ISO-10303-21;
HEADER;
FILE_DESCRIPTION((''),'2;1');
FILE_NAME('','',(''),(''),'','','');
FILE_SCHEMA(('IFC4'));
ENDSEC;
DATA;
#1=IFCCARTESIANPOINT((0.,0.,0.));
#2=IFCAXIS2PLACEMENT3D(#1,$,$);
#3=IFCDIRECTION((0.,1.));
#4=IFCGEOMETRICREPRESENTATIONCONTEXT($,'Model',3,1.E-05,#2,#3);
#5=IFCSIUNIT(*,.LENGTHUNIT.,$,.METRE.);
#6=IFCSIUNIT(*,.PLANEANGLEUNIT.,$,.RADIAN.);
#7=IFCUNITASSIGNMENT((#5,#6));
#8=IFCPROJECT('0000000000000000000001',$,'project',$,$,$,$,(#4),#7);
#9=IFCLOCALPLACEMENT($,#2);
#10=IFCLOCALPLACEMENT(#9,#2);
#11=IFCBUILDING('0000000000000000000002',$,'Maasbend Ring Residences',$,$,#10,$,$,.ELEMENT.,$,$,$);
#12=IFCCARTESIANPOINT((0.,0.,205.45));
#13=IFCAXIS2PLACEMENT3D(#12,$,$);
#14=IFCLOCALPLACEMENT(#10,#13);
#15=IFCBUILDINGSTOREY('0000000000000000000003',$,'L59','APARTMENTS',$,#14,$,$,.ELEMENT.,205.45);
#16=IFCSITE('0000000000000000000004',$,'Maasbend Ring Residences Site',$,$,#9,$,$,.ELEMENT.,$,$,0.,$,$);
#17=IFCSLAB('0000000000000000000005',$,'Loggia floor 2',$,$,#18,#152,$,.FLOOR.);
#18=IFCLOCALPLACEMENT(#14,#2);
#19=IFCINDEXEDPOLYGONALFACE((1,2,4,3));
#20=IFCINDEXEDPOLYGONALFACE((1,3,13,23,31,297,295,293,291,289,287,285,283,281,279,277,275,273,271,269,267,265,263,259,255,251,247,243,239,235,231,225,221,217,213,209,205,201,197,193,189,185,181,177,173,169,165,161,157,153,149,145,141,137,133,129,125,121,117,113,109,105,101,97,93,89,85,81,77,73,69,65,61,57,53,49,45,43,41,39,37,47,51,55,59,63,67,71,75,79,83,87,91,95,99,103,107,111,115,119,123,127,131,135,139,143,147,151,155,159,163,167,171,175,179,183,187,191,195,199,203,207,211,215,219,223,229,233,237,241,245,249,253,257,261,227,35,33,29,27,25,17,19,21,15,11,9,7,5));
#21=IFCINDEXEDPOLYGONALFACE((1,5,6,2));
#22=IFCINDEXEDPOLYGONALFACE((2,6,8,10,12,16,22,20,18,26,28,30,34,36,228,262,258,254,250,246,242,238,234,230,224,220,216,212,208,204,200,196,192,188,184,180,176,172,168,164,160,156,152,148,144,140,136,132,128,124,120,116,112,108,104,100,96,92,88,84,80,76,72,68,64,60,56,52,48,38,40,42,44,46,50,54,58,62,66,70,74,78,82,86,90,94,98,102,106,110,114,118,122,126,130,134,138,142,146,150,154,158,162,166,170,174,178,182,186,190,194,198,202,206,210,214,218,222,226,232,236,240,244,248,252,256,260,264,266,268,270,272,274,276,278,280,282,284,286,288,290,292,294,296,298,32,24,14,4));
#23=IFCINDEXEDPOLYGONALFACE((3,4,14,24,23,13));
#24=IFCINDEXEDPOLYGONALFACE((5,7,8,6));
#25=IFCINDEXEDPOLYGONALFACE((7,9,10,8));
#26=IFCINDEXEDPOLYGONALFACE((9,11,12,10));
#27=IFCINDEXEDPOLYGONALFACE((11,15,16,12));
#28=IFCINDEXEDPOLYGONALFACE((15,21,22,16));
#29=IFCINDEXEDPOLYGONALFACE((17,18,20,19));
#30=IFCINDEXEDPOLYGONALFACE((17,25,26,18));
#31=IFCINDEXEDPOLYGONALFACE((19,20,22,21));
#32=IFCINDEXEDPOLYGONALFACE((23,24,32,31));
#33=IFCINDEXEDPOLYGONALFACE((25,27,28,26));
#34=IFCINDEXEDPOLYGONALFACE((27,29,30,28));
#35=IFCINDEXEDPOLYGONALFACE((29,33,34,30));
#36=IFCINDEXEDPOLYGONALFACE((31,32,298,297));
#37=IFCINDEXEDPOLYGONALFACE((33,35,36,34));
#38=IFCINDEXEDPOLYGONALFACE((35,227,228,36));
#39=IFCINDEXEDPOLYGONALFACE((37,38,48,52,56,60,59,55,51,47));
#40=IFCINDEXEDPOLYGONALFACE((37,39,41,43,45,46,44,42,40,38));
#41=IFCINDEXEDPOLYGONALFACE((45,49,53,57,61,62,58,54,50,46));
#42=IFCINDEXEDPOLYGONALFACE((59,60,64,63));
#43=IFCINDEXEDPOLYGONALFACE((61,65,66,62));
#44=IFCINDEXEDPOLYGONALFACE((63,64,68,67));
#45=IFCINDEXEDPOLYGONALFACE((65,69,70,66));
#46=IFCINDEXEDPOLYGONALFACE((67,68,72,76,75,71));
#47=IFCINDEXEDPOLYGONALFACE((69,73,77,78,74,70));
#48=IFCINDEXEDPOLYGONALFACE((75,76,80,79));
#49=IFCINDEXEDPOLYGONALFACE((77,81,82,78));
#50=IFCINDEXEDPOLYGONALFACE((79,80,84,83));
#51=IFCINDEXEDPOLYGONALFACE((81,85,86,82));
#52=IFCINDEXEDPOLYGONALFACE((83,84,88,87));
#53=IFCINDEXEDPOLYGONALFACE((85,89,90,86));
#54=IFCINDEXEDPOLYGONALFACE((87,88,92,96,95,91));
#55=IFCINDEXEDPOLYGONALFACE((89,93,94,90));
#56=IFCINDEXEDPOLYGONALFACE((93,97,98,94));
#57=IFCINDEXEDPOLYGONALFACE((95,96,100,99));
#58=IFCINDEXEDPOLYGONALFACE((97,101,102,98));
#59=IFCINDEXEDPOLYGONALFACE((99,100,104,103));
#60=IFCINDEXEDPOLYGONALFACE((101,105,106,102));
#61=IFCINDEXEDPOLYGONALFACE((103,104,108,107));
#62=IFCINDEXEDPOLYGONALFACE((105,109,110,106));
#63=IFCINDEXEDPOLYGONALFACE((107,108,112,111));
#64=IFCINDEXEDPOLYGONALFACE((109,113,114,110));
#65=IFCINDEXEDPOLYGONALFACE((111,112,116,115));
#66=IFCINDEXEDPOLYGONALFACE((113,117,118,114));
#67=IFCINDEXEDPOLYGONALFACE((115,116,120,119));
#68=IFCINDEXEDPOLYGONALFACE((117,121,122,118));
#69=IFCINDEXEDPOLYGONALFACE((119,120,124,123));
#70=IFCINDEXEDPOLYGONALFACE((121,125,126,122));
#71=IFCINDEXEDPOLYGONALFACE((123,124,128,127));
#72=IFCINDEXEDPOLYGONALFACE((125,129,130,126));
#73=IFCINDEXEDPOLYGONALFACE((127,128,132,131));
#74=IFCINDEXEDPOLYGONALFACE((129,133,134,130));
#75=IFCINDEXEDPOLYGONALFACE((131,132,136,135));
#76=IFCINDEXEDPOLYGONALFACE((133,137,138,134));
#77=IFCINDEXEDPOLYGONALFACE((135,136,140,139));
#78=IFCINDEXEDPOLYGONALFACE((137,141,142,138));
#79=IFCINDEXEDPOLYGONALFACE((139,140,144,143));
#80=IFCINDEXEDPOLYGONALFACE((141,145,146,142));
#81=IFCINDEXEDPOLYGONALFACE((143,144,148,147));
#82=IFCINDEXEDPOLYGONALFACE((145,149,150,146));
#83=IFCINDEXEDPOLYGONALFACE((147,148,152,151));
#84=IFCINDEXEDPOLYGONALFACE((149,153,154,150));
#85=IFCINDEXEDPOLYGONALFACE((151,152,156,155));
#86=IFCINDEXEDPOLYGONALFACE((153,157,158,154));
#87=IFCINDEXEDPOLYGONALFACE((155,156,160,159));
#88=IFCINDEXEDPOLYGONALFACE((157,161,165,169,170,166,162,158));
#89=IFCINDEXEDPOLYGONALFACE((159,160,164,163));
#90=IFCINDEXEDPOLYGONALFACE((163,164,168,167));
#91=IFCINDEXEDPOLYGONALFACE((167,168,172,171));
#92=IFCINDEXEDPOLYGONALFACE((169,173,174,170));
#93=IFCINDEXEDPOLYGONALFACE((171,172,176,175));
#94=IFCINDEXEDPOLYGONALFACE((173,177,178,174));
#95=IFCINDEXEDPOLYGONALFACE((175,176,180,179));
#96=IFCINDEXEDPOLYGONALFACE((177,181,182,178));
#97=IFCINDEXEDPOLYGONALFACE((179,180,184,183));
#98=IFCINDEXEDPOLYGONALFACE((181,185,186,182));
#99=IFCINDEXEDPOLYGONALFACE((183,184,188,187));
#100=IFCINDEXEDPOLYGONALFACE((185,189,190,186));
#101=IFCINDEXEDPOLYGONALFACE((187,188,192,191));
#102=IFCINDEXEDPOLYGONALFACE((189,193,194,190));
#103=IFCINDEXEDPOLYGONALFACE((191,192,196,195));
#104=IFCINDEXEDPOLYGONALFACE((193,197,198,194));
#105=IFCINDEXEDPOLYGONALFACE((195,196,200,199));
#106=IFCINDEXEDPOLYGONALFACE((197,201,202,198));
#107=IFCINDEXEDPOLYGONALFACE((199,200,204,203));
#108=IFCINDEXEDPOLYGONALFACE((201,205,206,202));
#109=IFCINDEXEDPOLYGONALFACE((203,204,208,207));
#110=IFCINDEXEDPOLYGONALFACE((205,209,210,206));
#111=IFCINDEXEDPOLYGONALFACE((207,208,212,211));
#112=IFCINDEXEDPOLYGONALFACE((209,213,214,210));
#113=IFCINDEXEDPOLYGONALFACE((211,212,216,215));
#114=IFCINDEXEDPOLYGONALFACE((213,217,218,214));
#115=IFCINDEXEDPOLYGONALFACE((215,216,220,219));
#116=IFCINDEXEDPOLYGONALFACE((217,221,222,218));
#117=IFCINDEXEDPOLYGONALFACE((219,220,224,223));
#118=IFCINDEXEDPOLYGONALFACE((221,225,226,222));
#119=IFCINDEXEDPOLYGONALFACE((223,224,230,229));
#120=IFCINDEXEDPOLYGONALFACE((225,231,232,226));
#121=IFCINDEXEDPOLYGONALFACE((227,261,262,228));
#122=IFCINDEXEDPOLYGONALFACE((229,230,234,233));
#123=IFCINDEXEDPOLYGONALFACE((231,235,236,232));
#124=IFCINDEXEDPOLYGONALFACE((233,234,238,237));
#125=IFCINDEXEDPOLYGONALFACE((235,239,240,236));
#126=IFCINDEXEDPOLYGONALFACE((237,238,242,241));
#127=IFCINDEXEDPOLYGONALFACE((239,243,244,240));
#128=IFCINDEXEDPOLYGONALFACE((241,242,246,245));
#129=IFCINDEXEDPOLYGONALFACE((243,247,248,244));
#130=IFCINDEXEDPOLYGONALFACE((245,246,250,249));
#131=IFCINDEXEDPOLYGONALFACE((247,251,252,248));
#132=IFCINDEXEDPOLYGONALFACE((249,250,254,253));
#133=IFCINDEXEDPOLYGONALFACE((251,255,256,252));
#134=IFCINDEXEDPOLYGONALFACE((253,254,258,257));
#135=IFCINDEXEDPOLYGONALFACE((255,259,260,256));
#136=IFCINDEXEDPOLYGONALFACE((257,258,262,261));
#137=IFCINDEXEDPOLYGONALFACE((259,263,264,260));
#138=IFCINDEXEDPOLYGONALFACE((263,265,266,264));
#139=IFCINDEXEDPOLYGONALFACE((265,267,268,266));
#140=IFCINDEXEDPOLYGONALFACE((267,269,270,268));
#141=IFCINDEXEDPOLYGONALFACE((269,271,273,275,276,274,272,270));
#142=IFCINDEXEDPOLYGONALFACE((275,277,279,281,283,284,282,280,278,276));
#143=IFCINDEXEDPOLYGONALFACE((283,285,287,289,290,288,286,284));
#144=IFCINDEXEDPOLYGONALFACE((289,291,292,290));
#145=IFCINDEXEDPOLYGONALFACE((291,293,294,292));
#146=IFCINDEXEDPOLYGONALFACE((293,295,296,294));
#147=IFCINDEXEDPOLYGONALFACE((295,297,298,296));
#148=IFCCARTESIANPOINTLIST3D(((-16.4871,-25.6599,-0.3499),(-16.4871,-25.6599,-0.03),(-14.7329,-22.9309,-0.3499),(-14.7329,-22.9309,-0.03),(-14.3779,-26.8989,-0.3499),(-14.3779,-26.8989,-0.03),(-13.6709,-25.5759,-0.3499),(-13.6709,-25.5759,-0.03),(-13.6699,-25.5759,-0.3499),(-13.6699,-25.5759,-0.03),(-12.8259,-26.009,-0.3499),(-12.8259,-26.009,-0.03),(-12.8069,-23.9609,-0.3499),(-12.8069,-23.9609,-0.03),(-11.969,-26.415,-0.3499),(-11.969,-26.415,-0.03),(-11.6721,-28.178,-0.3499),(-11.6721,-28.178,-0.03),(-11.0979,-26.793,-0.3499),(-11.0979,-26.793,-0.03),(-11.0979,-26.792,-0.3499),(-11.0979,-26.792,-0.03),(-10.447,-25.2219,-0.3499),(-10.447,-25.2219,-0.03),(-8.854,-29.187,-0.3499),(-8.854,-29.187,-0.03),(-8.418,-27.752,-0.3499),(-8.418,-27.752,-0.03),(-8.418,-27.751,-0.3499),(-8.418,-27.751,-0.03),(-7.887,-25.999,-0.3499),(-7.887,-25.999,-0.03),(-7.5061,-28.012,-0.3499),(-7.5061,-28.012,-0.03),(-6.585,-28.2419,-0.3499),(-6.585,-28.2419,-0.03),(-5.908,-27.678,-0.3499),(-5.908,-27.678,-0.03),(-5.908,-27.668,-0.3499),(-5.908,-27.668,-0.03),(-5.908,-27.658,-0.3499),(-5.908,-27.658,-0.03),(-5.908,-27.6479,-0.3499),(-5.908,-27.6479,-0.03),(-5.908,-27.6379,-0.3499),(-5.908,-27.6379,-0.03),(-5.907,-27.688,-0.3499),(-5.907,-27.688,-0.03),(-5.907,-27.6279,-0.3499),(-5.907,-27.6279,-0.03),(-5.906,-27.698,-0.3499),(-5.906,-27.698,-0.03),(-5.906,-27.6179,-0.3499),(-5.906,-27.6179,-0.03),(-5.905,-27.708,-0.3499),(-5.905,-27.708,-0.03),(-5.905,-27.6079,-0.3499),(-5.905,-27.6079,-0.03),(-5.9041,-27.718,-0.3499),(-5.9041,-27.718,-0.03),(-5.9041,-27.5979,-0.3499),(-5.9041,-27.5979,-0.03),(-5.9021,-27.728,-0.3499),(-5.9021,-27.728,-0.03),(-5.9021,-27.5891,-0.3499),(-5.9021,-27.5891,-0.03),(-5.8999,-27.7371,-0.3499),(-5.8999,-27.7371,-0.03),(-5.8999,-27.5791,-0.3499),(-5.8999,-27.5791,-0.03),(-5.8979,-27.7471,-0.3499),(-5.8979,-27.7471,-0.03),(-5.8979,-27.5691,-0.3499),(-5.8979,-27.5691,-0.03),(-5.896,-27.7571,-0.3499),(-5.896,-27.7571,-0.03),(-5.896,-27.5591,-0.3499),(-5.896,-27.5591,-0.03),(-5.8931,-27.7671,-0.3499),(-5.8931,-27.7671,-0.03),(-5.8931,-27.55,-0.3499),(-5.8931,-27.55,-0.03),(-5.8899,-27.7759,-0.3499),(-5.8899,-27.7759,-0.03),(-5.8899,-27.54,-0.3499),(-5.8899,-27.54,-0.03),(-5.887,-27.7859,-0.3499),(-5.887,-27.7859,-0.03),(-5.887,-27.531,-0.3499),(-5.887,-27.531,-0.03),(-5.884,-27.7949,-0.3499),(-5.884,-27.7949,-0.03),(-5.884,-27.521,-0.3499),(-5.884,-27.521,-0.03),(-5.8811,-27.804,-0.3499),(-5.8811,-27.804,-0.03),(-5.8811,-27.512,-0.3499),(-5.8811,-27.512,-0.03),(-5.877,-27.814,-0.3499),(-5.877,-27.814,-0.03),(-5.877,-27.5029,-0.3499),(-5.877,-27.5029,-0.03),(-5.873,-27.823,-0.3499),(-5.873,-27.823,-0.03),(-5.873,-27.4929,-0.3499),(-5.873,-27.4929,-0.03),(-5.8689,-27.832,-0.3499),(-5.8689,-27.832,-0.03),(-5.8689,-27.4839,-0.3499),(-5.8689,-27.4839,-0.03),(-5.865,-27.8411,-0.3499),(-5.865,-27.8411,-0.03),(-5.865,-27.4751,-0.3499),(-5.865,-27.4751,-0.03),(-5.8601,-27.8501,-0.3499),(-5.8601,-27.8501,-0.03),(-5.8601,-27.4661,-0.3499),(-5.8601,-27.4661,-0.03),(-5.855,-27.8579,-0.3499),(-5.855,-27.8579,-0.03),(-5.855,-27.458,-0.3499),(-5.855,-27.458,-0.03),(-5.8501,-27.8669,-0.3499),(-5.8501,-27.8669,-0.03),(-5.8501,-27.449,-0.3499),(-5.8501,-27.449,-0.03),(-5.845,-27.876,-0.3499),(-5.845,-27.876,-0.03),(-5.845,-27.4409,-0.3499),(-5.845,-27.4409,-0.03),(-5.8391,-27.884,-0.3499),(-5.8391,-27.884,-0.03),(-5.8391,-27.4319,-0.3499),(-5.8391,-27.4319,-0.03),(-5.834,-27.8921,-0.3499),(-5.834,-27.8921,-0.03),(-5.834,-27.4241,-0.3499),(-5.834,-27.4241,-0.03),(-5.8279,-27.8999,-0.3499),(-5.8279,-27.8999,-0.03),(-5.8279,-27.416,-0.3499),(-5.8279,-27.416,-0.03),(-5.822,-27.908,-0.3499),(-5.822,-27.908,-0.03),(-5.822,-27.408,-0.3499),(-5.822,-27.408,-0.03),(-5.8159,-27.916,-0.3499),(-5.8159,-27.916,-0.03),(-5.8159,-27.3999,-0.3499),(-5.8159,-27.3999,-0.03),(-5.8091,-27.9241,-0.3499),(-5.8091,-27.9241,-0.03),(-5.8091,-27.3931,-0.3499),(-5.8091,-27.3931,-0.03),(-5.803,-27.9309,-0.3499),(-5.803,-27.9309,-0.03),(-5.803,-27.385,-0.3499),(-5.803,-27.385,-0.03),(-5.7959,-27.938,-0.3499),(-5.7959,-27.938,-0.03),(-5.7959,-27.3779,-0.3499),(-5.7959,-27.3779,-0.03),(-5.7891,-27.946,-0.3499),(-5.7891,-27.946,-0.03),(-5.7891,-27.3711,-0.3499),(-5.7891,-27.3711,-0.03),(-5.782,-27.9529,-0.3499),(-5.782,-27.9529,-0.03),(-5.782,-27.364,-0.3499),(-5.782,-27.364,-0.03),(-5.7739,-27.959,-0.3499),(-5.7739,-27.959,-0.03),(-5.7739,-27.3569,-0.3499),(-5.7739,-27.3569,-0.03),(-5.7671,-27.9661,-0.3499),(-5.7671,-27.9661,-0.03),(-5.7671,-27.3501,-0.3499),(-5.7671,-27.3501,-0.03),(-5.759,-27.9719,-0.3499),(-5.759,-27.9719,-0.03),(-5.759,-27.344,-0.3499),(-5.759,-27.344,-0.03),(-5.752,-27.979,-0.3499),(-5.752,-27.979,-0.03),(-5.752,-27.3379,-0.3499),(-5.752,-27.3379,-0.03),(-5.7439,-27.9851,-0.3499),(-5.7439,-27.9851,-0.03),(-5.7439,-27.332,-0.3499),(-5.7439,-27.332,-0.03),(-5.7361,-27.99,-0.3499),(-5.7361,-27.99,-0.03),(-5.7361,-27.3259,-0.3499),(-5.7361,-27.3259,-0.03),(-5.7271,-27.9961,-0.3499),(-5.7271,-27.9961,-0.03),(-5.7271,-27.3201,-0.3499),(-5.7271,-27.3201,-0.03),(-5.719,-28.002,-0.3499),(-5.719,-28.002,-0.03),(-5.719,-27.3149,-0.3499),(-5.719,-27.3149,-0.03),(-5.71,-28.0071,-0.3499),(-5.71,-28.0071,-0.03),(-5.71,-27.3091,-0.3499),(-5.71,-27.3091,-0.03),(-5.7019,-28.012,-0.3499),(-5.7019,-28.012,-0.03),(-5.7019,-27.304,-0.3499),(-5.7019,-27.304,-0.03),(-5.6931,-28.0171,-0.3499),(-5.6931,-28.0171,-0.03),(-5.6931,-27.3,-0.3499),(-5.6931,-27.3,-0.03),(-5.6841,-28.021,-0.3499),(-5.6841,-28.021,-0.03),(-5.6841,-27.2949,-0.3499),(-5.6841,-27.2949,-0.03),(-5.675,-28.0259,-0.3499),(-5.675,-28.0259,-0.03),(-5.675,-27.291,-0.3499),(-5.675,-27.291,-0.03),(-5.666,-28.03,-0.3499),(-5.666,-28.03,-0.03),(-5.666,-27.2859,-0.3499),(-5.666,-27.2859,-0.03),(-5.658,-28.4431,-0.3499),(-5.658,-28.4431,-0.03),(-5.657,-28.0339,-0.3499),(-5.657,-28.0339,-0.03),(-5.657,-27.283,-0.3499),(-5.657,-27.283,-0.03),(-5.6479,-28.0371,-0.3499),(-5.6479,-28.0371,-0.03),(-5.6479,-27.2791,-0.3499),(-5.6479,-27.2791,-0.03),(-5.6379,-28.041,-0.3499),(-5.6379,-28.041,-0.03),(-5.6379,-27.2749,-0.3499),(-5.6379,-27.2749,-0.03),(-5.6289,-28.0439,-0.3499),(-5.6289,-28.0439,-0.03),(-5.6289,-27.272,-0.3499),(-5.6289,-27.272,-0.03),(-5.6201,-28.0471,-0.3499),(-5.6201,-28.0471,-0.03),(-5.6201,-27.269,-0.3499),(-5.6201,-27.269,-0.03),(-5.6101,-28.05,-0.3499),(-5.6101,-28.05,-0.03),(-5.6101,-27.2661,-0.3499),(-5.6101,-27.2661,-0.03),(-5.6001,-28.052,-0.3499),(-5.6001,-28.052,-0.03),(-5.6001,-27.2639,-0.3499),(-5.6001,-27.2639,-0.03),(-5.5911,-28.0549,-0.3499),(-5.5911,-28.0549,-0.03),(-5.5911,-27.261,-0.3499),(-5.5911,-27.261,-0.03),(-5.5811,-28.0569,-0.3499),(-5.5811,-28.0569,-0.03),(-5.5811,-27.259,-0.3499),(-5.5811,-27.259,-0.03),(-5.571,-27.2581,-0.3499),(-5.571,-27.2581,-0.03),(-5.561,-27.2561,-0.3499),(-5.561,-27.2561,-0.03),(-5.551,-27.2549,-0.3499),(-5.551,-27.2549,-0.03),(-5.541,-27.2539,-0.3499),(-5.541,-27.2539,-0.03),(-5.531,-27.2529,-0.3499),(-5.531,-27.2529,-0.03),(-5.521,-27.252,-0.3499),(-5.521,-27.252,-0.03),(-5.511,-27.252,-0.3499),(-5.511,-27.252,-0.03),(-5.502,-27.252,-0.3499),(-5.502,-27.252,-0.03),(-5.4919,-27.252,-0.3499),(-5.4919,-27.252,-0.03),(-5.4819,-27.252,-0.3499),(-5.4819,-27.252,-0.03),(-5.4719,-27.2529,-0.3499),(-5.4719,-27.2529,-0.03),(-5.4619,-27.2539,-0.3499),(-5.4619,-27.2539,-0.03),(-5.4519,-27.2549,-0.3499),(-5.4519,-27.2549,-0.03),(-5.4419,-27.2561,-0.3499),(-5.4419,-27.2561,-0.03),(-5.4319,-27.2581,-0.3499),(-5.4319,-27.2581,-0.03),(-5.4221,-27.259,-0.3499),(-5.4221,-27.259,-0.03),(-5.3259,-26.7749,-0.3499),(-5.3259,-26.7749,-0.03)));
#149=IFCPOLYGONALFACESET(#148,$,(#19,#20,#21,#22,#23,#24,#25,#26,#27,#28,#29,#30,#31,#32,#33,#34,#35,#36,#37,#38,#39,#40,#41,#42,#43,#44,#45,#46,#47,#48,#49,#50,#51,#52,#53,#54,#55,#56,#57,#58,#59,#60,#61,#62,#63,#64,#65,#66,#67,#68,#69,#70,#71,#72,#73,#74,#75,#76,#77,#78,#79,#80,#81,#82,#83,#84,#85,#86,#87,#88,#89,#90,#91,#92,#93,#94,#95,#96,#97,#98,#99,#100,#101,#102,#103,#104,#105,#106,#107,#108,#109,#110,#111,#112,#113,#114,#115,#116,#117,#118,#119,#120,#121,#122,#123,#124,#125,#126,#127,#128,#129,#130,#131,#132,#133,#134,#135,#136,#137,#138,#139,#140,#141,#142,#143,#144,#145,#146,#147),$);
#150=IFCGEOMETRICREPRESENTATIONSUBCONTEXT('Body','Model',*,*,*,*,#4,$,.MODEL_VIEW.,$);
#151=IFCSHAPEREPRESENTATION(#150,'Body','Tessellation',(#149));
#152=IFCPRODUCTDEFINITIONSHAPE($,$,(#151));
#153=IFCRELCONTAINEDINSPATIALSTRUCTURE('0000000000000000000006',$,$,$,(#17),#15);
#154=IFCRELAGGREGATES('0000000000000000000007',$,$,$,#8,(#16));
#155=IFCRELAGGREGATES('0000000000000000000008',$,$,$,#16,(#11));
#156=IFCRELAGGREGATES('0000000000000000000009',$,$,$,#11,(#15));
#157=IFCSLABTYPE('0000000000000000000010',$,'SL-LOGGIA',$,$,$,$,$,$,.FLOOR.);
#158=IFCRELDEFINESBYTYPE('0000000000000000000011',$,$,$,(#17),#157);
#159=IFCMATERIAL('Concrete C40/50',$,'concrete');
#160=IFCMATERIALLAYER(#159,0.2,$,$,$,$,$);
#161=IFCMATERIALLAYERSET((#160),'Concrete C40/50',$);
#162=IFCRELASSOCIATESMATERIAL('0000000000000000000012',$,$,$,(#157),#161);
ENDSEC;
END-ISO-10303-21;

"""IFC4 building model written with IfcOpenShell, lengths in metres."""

from ifc_helpers import new_model, si_unit, direction, frame, origin, place, context, subcontext, project, spatial, polyline, outline, extrude, material, layer, layer_set, type_object, element, save


model = new_model("IFC4")

# Units and contexts
model_context = context("Model", 3, precision=1e-05, world=origin(), true_north=direction((0.0, 1.0)))
body_context = subcontext(model_context, "Body", "Model", "MODEL_VIEW")
ifc_project = project(units=[si_unit("LENGTHUNIT", "METRE"), si_unit("PLANEANGLEUNIT", "RADIAN")], contexts=[model_context])

# Site, building, storey
site_placement = place(None, origin())
site = spatial("IfcSite", under=ifc_project, at=site_placement, Name="Maasbend Ring Residences Site", CompositionType="ELEMENT", RefElevation=0.0)
building_placement = place(site_placement, origin())
building = spatial("IfcBuilding", under=site, at=building_placement, Name="Maasbend Ring Residences", CompositionType="ELEMENT")
storey_placement = place(building_placement, frame((0.0, 0.0, 205.45)))
storey = spatial("IfcBuildingStorey", under=building, at=storey_placement, Name="L59", Description="APARTMENTS", CompositionType="ELEMENT", Elevation=205.45)

# Slab
ifc_material_1 = material(Name="Concrete C40/50", Category="concrete")
ifc_layer_1 = layer(ifc_material_1, 0.2)
ifc_layer_set_1 = layer_set([ifc_layer_1], Name="Concrete C40/50")
slab_type = type_object("IfcSlabType", Name="SL-LOGGIA", PredefinedType="FLOOR", material=ifc_layer_set_1)
slab_1_placement = place(storey_placement, frame((0.0, 0.0, -0.3499)))
element("IfcSlab", 1, at=slab_1_placement, inside=storey, type_object=slab_type, Name="Loggia floor 2", PredefinedType="FLOOR", context=body_context, shape_type="SweptSolid", body=[
    extrude(outline(polyline([(-12.8069, -23.9609), (-10.447, -25.2219), (-10.447, -25.2219), (-10.447, -25.2219), (-7.887, -25.999), (-5.3259, -26.7749), (-5.3259, -26.7749), (-5.3259, -26.7749), (-5.4221, -27.259), (-5.4319, -27.2581), (-5.4419, -27.2561), (-5.4519, -27.2549), (-5.4619, -27.2539), (-5.4719, -27.2529), (-5.4819, -27.252), (-5.4919, -27.252), (-5.502, -27.252), (-5.511, -27.252), (-5.521, -27.252), (-5.531, -27.2529), (-5.541, -27.2539), (-5.551, -27.2549), (-5.561, -27.2561), (-5.571, -27.2581), (-5.5811, -27.259), (-5.5911, -27.261), (-5.6001, -27.2639), (-5.6101, -27.2661), (-5.6201, -27.269), (-5.6289, -27.272), (-5.6379, -27.2749), (-5.6479, -27.2791), (-5.657, -27.283), (-5.666, -27.2859), (-5.675, -27.291), (-5.6841, -27.2949), (-5.6931, -27.3), (-5.7019, -27.304), (-5.71, -27.3091), (-5.719, -27.3149), (-5.7271, -27.3201), (-5.7361, -27.3259), (-5.7439, -27.332), (-5.752, -27.3379), (-5.759, -27.344), (-5.7671, -27.3501), (-5.7739, -27.3569), (-5.782, -27.364), (-5.7891, -27.3711), (-5.7959, -27.3779), (-5.803, -27.385), (-5.8091, -27.3931), (-5.8159, -27.3999), (-5.822, -27.408), (-5.8279, -27.416), (-5.834, -27.4241), (-5.8391, -27.4319), (-5.845, -27.4409), (-5.8501, -27.449), (-5.855, -27.458), (-5.8601, -27.4661), (-5.865, -27.4751), (-5.8689, -27.4839), (-5.873, -27.4929), (-5.877, -27.5029), (-5.8811, -27.512), (-5.884, -27.521), (-5.887, -27.531), (-5.8899, -27.54), (-5.8931, -27.55), (-5.896, -27.5591), (-5.8979, -27.5691), (-5.8999, -27.5791), (-5.9021, -27.5891), (-5.9041, -27.5979), (-5.905, -27.6079), (-5.906, -27.6179), (-5.907, -27.6279), (-5.908, -27.6379), (-5.908, -27.6479), (-5.908, -27.658), (-5.908, -27.668), (-5.908, -27.678), (-5.907, -27.688), (-5.906, -27.698), (-5.905, -27.708), (-5.9041, -27.718), (-5.9021, -27.728), (-5.8999, -27.7371), (-5.8979, -27.7471), (-5.896, -27.7571), (-5.8931, -27.7671), (-5.8899, -27.7759), (-5.887, -27.7859), (-5.884, -27.7949), (-5.8811, -27.804), (-5.877, -27.814), (-5.873, -27.823), (-5.8689, -27.832), (-5.865, -27.8411), (-5.8601, -27.8501), (-5.855, -27.8579), (-5.8501, -27.8669), (-5.845, -27.876), (-5.8391, -27.884), (-5.834, -27.8921), (-5.8279, -27.8999), (-5.822, -27.908), (-5.8159, -27.916), (-5.8091, -27.9241), (-5.803, -27.9309), (-5.7959, -27.938), (-5.7891, -27.946), (-5.782, -27.9529), (-5.7739, -27.959), (-5.7671, -27.9661), (-5.759, -27.9719), (-5.752, -27.979), (-5.7439, -27.9851), (-5.7361, -27.99), (-5.7271, -27.9961), (-5.719, -28.002), (-5.71, -28.0071), (-5.7019, -28.012), (-5.6931, -28.0171), (-5.6841, -28.021), (-5.675, -28.0259), (-5.666, -28.03), (-5.657, -28.0339), (-5.6479, -28.0371), (-5.6379, -28.041), (-5.6289, -28.0439), (-5.6201, -28.0471), (-5.6101, -28.05), (-5.6001, -28.052), (-5.5911, -28.0549), (-5.5811, -28.0569), (-5.658, -28.4431), (-5.658, -28.4431), (-5.658, -28.4431), (-6.585, -28.2419), (-6.585, -28.2419), (-7.5061, -28.012), (-7.5061, -28.012), (-8.418, -27.751), (-8.418, -27.751), (-8.418, -27.751), (-8.418, -27.751), (-8.418, -27.751), (-8.418, -27.751), (-8.418, -27.751), (-8.418, -27.751), (-8.418, -27.751), (-8.418, -27.751), (-8.418, -27.752), (-8.418, -27.752), (-8.418, -27.752), (-8.418, -27.752), (-8.418, -27.752), (-8.418, -27.752), (-8.418, -27.752), (-8.854, -29.187), (-8.854, -29.187), (-8.854, -29.187), (-11.6721, -28.178), (-11.6721, -28.178), (-11.6721, -28.178), (-11.0979, -26.793), (-11.0979, -26.793), (-11.0979, -26.793), (-11.0979, -26.793), (-11.0979, -26.793), (-11.0979, -26.793), (-11.0979, -26.793), (-11.0979, -26.793), (-11.0979, -26.793), (-11.0979, -26.793), (-11.0979, -26.792), (-11.0979, -26.792), (-11.0979, -26.792), (-11.0979, -26.792), (-11.0979, -26.792), (-11.0979, -26.792), (-11.0979, -26.792), (-11.969, -26.415), (-11.969, -26.415), (-12.8259, -26.009), (-12.8259, -26.009), (-13.6699, -25.5759), (-13.6699, -25.5759), (-13.6699, -25.5759), (-13.6699, -25.5759), (-13.6699, -25.5759), (-13.6699, -25.5759), (-13.6699, -25.5759), (-13.6699, -25.5759), (-13.6699, -25.5759), (-13.6699, -25.5759), (-13.6709, -25.5759), (-13.6709, -25.5759), (-13.6709, -25.5759), (-13.6709, -25.5759), (-13.6709, -25.5759), (-13.6709, -25.5759), (-13.6709, -25.5759), (-14.3779, -26.8989), (-14.3779, -26.8989), (-14.3779, -26.8989), (-16.4871, -25.6599), (-16.4871, -25.6599), (-16.4871, -25.6599), (-14.7329, -22.9309), (-14.7329, -22.9309), (-14.7329, -22.9309), (-12.8069, -23.9609)])), origin(), (0.0, 0.0, 1.0), 0.3198),
])

save(model, "model.ifc")
